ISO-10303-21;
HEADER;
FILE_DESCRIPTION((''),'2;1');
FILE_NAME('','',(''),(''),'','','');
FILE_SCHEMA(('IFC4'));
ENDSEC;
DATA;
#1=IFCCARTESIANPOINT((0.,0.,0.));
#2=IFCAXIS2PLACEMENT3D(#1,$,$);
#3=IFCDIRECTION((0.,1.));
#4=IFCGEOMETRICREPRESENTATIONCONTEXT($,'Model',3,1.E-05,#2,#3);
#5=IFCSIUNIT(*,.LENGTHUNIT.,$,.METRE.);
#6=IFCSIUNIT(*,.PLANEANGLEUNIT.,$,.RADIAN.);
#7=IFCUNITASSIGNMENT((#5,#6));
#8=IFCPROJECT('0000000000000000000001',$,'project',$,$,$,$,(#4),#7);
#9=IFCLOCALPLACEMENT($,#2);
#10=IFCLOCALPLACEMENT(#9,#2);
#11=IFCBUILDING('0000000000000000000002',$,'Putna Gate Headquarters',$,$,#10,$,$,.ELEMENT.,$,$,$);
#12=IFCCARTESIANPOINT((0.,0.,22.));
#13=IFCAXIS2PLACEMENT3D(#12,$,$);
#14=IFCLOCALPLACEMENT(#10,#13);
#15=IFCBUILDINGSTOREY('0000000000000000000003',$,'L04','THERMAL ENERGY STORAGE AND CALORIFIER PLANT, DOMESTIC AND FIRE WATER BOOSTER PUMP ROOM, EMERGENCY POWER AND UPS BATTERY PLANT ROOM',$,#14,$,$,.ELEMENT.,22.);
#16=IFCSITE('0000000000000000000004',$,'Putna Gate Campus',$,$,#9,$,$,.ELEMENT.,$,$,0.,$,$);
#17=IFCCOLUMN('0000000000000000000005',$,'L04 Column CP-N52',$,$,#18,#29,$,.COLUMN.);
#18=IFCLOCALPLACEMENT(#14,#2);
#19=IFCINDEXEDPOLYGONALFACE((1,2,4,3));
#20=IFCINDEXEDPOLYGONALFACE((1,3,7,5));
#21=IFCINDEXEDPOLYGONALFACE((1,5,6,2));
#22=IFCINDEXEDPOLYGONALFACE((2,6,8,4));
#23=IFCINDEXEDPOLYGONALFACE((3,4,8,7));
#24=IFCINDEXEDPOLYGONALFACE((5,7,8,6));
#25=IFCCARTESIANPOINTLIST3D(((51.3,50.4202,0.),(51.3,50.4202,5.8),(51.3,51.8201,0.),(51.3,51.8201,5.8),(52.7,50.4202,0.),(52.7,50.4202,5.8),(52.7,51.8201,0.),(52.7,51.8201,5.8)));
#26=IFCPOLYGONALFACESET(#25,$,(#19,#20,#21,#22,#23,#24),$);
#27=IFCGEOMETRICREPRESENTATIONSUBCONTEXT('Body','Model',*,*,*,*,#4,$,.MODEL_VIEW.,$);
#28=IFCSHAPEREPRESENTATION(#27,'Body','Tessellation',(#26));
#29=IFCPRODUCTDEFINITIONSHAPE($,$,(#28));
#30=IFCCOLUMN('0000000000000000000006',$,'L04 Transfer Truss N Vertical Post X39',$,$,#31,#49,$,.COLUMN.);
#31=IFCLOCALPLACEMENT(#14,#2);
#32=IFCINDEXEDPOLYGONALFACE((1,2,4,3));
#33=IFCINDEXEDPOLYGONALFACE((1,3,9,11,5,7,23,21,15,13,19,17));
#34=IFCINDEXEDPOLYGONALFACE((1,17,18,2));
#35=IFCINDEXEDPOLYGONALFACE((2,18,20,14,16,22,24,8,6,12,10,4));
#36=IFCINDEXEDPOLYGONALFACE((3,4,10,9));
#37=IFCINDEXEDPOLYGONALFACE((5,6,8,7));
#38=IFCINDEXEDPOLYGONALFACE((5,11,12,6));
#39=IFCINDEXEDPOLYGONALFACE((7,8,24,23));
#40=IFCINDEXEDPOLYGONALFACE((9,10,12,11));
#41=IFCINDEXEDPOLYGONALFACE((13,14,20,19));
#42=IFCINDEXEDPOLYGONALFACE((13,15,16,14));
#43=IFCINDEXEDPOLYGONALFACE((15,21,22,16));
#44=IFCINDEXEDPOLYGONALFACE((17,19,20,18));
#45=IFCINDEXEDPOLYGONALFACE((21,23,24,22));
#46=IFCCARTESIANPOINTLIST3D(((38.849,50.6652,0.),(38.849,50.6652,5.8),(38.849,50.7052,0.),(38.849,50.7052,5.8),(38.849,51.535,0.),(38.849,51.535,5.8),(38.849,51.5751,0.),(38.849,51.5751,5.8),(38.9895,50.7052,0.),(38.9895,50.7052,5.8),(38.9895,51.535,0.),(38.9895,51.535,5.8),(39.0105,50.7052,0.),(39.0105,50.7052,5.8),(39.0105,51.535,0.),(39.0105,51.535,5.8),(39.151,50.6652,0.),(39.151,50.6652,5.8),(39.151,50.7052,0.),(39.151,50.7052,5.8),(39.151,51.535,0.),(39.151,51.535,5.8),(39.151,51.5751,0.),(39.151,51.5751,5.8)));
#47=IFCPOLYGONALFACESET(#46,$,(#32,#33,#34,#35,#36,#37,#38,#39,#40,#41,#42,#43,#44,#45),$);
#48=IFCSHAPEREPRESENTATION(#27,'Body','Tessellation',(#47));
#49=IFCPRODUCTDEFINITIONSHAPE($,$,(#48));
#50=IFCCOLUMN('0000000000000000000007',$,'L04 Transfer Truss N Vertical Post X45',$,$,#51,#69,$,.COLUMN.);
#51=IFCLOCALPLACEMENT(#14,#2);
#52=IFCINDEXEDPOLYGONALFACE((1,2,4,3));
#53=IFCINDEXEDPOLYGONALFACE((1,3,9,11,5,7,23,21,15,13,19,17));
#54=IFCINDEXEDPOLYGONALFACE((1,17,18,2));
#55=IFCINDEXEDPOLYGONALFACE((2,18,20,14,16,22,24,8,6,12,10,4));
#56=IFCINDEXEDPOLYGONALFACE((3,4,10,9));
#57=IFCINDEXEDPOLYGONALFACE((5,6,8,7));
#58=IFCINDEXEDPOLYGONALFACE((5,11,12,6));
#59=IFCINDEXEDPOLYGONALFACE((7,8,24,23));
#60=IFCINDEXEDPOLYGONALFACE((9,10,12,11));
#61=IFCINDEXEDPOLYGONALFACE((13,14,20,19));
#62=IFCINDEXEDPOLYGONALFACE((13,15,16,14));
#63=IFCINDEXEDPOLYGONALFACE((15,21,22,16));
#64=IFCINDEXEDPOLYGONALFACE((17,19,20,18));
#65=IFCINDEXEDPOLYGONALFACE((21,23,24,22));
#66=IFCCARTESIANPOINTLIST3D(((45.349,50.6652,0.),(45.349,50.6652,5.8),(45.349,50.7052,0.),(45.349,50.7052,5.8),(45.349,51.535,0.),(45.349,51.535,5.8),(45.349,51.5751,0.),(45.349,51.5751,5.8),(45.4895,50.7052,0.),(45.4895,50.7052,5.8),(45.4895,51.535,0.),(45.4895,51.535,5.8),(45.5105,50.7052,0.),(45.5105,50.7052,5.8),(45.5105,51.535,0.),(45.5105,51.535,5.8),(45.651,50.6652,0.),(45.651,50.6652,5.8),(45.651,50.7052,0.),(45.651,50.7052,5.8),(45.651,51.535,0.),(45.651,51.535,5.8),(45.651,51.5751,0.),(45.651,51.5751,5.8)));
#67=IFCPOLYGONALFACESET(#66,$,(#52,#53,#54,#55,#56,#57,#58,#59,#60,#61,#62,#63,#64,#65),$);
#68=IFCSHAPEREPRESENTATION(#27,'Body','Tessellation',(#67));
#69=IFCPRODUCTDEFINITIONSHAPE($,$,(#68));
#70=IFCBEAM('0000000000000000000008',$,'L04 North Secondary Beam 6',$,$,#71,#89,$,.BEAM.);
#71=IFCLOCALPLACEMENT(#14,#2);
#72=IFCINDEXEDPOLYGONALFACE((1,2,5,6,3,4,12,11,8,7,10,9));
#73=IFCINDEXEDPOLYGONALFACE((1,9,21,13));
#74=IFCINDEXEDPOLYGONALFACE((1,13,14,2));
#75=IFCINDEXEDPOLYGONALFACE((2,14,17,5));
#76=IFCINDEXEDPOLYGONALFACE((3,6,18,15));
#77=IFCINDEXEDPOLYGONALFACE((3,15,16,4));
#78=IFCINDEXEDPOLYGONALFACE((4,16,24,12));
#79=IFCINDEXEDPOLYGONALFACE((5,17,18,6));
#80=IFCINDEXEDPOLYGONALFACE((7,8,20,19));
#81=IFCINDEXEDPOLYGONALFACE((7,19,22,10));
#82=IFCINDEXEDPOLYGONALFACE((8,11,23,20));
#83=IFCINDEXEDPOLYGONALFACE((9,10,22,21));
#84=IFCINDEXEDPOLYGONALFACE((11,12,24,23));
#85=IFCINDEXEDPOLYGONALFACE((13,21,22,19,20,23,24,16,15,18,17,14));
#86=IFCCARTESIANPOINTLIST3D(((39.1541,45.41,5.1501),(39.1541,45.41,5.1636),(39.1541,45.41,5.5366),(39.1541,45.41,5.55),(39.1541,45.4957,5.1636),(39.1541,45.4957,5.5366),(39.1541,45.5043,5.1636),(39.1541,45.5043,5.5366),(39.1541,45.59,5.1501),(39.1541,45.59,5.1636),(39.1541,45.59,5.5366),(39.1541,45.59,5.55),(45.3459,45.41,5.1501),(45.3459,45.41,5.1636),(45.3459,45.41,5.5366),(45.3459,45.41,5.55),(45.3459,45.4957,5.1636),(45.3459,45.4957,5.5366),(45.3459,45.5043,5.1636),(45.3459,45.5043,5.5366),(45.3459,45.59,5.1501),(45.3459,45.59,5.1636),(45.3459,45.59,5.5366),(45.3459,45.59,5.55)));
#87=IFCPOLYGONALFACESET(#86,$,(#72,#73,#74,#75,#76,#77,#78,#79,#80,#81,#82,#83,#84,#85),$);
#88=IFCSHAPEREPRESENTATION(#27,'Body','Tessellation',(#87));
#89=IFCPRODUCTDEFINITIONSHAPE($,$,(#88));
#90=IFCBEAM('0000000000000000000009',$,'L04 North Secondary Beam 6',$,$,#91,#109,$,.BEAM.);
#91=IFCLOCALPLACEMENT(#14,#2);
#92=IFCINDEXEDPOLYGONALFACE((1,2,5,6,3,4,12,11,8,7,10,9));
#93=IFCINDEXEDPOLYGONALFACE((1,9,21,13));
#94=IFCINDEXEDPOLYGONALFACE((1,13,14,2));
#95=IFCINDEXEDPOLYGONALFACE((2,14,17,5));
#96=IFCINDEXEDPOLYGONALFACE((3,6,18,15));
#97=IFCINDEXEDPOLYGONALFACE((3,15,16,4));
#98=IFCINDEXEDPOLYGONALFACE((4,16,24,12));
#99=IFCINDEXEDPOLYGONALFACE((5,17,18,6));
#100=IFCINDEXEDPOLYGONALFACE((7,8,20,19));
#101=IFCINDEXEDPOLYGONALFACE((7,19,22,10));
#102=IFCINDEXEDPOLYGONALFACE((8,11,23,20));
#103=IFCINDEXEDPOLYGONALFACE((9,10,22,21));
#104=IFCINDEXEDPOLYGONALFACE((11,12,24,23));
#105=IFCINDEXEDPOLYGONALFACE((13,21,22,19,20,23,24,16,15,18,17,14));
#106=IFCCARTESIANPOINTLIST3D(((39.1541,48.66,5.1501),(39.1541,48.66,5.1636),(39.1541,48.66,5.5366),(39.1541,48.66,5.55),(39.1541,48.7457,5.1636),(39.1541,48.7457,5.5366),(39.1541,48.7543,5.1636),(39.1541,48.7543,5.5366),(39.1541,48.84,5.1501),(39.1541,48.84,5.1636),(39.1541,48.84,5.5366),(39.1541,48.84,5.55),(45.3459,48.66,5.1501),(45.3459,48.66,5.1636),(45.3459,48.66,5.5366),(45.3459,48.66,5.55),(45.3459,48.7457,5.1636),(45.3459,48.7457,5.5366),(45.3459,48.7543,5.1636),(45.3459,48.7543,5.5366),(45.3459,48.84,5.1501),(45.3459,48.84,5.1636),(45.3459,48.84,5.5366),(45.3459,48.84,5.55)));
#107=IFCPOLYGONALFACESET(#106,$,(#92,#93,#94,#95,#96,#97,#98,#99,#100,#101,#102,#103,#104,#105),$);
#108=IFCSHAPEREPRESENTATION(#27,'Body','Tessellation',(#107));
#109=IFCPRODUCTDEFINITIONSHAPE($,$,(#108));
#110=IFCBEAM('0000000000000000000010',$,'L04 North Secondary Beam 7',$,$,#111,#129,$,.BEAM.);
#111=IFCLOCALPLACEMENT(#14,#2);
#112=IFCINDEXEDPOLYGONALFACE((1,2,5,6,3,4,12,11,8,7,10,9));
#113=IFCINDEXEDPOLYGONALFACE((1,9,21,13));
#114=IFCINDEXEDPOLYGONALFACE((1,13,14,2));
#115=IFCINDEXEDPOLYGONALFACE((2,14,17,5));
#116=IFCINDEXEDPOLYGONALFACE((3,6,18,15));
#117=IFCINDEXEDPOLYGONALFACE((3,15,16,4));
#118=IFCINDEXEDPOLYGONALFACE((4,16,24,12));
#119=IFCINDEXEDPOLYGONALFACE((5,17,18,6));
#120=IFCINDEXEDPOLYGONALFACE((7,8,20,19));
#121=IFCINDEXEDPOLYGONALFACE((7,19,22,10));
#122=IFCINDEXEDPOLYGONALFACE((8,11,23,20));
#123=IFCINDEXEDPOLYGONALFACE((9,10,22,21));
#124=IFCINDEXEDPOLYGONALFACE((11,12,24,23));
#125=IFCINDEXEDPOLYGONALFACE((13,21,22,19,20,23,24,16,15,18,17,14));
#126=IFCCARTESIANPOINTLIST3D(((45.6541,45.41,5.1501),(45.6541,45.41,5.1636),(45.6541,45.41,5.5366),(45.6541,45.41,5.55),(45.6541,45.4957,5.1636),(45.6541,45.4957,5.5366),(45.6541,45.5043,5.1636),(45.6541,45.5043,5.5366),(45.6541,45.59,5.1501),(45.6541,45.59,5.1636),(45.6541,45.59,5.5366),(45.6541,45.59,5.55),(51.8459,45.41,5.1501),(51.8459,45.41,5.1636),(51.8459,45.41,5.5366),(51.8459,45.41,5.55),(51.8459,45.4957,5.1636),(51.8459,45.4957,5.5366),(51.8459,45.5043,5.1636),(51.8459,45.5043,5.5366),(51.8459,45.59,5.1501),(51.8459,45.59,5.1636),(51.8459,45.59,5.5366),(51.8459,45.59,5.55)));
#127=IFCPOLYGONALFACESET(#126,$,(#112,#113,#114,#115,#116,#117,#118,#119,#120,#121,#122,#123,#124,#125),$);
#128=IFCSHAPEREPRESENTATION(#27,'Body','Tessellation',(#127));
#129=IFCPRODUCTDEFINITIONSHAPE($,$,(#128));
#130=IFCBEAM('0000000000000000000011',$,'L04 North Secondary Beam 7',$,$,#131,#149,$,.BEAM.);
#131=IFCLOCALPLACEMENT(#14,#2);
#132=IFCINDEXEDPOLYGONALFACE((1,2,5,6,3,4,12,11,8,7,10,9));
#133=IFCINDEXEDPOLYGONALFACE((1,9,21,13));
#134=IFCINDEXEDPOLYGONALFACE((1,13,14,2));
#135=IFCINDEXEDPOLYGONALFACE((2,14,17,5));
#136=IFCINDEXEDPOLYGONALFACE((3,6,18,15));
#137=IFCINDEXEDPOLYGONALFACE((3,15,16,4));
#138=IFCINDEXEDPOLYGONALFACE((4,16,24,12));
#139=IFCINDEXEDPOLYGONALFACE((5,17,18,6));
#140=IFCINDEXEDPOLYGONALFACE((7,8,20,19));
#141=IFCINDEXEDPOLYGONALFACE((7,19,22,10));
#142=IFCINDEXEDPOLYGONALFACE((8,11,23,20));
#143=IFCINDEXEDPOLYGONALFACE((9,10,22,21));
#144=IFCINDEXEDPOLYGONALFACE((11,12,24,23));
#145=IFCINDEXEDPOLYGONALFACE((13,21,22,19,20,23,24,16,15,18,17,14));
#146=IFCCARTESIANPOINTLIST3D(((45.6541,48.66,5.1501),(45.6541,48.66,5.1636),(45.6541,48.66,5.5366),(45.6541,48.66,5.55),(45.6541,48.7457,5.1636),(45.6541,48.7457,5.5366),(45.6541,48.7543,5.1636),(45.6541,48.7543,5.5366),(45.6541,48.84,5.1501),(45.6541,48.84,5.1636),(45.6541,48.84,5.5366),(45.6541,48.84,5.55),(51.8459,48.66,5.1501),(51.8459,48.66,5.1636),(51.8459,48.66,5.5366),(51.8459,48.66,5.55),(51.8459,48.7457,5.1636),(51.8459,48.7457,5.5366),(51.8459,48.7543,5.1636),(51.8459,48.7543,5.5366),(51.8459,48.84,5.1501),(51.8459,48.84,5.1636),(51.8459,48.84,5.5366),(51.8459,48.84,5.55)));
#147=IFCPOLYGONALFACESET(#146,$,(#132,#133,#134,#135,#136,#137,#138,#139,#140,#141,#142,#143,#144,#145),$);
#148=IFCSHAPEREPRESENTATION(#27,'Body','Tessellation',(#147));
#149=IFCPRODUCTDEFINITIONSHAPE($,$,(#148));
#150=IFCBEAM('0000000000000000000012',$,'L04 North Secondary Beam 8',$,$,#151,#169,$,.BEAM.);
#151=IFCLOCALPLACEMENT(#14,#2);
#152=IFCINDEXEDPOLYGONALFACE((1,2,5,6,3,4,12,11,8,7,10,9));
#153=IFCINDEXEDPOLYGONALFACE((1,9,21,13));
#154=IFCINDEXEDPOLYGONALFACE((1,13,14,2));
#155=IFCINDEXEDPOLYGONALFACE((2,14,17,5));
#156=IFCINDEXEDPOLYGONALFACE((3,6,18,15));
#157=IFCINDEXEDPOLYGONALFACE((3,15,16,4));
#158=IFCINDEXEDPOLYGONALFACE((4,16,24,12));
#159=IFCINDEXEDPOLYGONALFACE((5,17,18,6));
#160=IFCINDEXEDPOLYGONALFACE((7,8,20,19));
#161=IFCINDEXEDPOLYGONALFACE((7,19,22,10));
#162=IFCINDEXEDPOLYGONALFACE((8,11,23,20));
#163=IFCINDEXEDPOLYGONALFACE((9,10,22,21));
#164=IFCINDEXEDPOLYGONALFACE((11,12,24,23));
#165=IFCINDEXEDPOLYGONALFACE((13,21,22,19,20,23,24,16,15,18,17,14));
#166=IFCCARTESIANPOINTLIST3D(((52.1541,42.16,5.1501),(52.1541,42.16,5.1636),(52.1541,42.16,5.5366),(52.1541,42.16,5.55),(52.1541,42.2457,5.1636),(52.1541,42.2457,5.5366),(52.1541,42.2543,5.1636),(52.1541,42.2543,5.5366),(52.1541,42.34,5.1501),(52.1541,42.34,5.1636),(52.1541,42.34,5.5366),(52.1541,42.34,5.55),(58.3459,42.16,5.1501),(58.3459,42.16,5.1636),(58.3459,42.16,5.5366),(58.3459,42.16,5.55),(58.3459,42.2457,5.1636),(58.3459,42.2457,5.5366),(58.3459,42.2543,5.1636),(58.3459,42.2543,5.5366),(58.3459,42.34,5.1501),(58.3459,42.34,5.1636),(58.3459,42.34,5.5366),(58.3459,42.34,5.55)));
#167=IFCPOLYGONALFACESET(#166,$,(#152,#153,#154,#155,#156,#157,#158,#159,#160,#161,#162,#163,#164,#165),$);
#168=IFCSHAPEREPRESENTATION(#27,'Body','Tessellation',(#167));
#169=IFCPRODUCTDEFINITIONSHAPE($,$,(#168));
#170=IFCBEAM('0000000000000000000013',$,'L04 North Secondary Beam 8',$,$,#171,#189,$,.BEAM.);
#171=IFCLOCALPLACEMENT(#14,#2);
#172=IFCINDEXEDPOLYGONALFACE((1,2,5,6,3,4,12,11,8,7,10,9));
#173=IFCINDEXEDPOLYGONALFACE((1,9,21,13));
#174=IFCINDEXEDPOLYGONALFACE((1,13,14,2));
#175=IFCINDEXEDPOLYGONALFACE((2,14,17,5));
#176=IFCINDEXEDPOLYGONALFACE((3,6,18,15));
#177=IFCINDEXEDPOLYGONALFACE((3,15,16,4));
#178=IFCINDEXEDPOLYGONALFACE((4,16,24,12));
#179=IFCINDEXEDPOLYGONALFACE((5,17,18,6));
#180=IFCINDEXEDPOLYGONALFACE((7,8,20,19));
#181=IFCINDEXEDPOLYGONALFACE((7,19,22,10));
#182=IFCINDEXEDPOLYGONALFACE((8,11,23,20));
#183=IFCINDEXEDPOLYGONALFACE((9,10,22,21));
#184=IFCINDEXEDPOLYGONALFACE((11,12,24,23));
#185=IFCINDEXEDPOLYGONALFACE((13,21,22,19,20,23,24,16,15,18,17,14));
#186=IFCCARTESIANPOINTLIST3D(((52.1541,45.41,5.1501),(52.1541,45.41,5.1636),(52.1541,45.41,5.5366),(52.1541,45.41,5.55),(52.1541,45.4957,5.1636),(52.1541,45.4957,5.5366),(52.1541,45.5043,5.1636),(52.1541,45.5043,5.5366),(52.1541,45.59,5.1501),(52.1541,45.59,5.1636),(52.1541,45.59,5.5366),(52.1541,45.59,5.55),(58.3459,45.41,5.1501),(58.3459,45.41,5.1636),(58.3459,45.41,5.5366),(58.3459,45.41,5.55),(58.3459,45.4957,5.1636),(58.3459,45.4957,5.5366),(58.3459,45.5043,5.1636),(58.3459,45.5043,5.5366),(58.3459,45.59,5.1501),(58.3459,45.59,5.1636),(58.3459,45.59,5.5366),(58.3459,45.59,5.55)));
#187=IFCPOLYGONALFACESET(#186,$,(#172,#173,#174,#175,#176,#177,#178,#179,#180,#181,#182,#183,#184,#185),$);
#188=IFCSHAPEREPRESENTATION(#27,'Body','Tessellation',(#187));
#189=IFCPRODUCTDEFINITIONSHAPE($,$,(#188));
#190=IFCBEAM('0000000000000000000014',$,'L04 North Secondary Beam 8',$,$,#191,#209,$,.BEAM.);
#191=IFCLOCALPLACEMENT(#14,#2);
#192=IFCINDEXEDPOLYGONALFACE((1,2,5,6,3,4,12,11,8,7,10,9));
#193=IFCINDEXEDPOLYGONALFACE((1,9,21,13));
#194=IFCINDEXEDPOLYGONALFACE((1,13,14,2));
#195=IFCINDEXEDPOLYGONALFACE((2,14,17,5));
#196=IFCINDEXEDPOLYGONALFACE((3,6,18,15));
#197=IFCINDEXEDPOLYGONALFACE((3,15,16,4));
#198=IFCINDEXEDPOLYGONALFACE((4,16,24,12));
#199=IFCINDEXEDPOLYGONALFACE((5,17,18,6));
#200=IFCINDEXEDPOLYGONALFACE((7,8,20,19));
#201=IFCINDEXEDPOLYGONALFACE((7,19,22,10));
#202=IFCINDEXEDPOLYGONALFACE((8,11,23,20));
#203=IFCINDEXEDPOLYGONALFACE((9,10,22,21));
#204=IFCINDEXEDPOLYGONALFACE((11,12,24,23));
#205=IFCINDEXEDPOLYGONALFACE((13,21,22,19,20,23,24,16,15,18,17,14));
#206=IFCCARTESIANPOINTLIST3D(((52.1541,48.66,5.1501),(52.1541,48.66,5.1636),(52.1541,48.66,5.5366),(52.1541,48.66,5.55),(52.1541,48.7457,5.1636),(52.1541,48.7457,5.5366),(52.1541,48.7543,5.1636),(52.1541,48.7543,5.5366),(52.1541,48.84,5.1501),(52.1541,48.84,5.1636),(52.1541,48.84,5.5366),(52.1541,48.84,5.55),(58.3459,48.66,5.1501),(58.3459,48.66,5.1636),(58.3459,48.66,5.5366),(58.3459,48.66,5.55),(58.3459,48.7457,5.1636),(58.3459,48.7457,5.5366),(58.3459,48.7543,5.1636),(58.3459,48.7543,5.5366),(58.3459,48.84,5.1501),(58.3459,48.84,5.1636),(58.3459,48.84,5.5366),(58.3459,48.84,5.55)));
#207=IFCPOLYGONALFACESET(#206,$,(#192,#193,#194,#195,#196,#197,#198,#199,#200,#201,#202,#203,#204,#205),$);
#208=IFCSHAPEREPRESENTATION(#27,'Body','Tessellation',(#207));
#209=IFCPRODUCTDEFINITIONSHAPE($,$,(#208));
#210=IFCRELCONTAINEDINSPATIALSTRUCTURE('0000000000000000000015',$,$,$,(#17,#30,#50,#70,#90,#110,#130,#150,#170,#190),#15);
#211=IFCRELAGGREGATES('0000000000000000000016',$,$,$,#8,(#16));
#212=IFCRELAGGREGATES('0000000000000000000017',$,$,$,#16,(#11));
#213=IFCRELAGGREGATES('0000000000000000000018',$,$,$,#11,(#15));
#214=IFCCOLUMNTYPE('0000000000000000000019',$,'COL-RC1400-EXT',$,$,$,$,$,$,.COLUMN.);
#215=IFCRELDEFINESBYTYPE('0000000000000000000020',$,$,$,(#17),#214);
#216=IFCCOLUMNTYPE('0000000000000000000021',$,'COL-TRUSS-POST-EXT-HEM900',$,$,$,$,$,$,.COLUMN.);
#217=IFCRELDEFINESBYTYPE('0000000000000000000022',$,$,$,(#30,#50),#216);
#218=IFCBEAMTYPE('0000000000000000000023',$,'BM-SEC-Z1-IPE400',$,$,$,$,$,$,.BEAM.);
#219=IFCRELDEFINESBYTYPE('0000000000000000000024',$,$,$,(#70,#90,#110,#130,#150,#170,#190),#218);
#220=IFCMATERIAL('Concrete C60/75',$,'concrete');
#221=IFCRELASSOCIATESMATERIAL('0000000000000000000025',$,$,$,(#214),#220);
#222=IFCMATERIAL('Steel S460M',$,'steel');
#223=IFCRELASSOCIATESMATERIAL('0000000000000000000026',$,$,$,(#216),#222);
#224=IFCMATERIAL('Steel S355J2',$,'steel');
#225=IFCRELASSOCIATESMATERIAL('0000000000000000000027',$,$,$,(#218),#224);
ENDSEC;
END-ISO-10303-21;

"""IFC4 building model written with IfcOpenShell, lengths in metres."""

from ifc_helpers import new_model, si_unit, direction, frame, origin, origin_2d, place, context, subcontext, project, spatial, rectangle, i_section, extrude, material, material_profile, profile_set, type_object, element, save


model = new_model("IFC4")

# Units and contexts
model_context = context("Model", 3, precision=1e-05, world=origin(), true_north=direction((0.0, 1.0)))
body_context = subcontext(model_context, "Body", "Model", "MODEL_VIEW")
ifc_project = project(units=[si_unit("LENGTHUNIT", "METRE"), si_unit("PLANEANGLEUNIT", "RADIAN")], contexts=[model_context])

# Site, building, storey
site_placement = place(None, origin())
site = spatial("IfcSite", under=ifc_project, at=site_placement, Name="Putna Gate Campus", CompositionType="ELEMENT", RefElevation=0.0)
building_placement = place(site_placement, origin())
building = spatial("IfcBuilding", under=site, at=building_placement, Name="Putna Gate Headquarters", CompositionType="ELEMENT")
storey_placement = place(building_placement, frame((0.0, 0.0, 22.0)))
storey = spatial("IfcBuildingStorey", under=building, at=storey_placement, Name="L04", Description="THERMAL ENERGY STORAGE AND CALORIFIER PLANT, DOMESTIC AND FIRE WATER BOOSTER PUMP ROOM, EMERGENCY POWER AND UPS BATTERY PLANT ROOM", CompositionType="ELEMENT", Elevation=22.0)

# Columns
ifc_material_1 = material(Name="Concrete C60/75", Category="concrete")
ifc_material_profile_1 = material_profile(ifc_material_1, rectangle(XDim=1.3999, YDim=1.3999, at=origin_2d()), Name="Concrete C60/75")
ifc_profile_set_1 = profile_set([ifc_material_profile_1], Name="Concrete C60/75")
column_type_1 = type_object("IfcColumnType", Name="COL-RC1400-EXT", PredefinedType="COLUMN", material=ifc_profile_set_1)
column_placement = place(storey_placement, frame((52.0, 51.1201, 0.0), z_axis=(0.0, 0.0, 1.0), x_axis=(1.0, 0.0, 0.0)))
element("IfcColumn", 1, at=column_placement, inside=storey, type_object=column_type_1, Name="L04 Column CP-N52", PredefinedType="COLUMN", context=body_context, shape_type="SweptSolid", body=[
    extrude(rectangle(XDim=1.3999, YDim=1.3999, at=origin_2d()), origin(), (0.0, 0.0, 1.0), 5.8),
])
ifc_material_2 = material(Name="Steel S460M", Category="steel")
ifc_material_profile_2 = material_profile(ifc_material_2, i_section(OverallWidth=0.302, OverallDepth=0.9099, WebThickness=0.021, FlangeThickness=0.04, at=origin_2d()), Name="Steel S460M")
ifc_profile_set_2 = profile_set([ifc_material_profile_2], Name="Steel S460M")
column_type_2 = type_object("IfcColumnType", Name="COL-TRUSS-POST-EXT-HEM900", PredefinedType="COLUMN", material=ifc_profile_set_2)
for number, where, z_axis, x_axis, name in (
    (2, (39.0, 51.1201, 0.0), (0.0, 0.0, 1.0), (1.0, 0.0, 0.0), "L04 Transfer Truss N Vertical Post X39"),
    (3, (45.5, 51.1201, 0.0), (0.0, 0.0, 1.0), (1.0, 0.0, 0.0), "L04 Transfer Truss N Vertical Post X45"),
):
    element("IfcColumn", number, at=place(storey_placement, frame(where, z_axis=z_axis, x_axis=x_axis)), inside=storey, type_object=column_type_2, Name=name, PredefinedType="COLUMN", context=body_context, shape_type="SweptSolid", body=[
        extrude(i_section(OverallWidth=0.302, OverallDepth=0.9099, WebThickness=0.021, FlangeThickness=0.04, at=origin_2d()), origin(), (0.0, 0.0, 1.0), 5.8),
    ])

# Beams
ifc_material_3 = material(Name="Steel S355J2", Category="steel")
ifc_material_profile_3 = material_profile(ifc_material_3, i_section(OverallWidth=0.1799, OverallDepth=0.3999, WebThickness=0.0085, FlangeThickness=0.0134, at=origin_2d()), Name="Steel S355J2")
ifc_profile_set_3 = profile_set([ifc_material_profile_3], Name="Steel S355J2")
beam_type_1 = type_object("IfcBeamType", Name="BM-SEC-Z1-IPE400", PredefinedType="BEAM", material=ifc_profile_set_3)
for number, where, z_axis, x_axis, name in (
    (4, (39.1541, 45.5, 5.3501), (1.0, 0.0, 0.0), (0.0, 1.0, 0.0), "L04 North Secondary Beam 6"),
    (5, (39.1541, 48.75, 5.3501), (1.0, 0.0, 0.0), (0.0, 1.0, 0.0), "L04 North Secondary Beam 6"),
    (6, (45.6541, 45.5, 5.3501), (1.0, 0.0, 0.0), (0.0, 1.0, 0.0), "L04 North Secondary Beam 7"),
    (7, (45.6541, 48.75, 5.3501), (1.0, 0.0, 0.0), (0.0, 1.0, 0.0), "L04 North Secondary Beam 7"),
    (8, (52.1541, 42.25, 5.3501), (1.0, 0.0, 0.0), (0.0, 1.0, 0.0), "L04 North Secondary Beam 8"),
    (9, (52.1541, 45.5, 5.3501), (1.0, 0.0, 0.0), (0.0, 1.0, 0.0), "L04 North Secondary Beam 8"),
    (10, (52.1541, 48.75, 5.3501), (1.0, 0.0, 0.0), (0.0, 1.0, 0.0), "L04 North Secondary Beam 8"),
):
    element("IfcBeam", number, at=place(storey_placement, frame(where, z_axis=z_axis, x_axis=x_axis)), inside=storey, type_object=beam_type_1, Name=name, PredefinedType="BEAM", context=body_context, shape_type="SweptSolid", body=[
        extrude(i_section(OverallWidth=0.1799, OverallDepth=0.3999, WebThickness=0.0085, FlangeThickness=0.0134, at=origin_2d()), origin(), (0.0, 0.0, 1.0), 6.1919),
    ])

save(model, "model.ifc")
